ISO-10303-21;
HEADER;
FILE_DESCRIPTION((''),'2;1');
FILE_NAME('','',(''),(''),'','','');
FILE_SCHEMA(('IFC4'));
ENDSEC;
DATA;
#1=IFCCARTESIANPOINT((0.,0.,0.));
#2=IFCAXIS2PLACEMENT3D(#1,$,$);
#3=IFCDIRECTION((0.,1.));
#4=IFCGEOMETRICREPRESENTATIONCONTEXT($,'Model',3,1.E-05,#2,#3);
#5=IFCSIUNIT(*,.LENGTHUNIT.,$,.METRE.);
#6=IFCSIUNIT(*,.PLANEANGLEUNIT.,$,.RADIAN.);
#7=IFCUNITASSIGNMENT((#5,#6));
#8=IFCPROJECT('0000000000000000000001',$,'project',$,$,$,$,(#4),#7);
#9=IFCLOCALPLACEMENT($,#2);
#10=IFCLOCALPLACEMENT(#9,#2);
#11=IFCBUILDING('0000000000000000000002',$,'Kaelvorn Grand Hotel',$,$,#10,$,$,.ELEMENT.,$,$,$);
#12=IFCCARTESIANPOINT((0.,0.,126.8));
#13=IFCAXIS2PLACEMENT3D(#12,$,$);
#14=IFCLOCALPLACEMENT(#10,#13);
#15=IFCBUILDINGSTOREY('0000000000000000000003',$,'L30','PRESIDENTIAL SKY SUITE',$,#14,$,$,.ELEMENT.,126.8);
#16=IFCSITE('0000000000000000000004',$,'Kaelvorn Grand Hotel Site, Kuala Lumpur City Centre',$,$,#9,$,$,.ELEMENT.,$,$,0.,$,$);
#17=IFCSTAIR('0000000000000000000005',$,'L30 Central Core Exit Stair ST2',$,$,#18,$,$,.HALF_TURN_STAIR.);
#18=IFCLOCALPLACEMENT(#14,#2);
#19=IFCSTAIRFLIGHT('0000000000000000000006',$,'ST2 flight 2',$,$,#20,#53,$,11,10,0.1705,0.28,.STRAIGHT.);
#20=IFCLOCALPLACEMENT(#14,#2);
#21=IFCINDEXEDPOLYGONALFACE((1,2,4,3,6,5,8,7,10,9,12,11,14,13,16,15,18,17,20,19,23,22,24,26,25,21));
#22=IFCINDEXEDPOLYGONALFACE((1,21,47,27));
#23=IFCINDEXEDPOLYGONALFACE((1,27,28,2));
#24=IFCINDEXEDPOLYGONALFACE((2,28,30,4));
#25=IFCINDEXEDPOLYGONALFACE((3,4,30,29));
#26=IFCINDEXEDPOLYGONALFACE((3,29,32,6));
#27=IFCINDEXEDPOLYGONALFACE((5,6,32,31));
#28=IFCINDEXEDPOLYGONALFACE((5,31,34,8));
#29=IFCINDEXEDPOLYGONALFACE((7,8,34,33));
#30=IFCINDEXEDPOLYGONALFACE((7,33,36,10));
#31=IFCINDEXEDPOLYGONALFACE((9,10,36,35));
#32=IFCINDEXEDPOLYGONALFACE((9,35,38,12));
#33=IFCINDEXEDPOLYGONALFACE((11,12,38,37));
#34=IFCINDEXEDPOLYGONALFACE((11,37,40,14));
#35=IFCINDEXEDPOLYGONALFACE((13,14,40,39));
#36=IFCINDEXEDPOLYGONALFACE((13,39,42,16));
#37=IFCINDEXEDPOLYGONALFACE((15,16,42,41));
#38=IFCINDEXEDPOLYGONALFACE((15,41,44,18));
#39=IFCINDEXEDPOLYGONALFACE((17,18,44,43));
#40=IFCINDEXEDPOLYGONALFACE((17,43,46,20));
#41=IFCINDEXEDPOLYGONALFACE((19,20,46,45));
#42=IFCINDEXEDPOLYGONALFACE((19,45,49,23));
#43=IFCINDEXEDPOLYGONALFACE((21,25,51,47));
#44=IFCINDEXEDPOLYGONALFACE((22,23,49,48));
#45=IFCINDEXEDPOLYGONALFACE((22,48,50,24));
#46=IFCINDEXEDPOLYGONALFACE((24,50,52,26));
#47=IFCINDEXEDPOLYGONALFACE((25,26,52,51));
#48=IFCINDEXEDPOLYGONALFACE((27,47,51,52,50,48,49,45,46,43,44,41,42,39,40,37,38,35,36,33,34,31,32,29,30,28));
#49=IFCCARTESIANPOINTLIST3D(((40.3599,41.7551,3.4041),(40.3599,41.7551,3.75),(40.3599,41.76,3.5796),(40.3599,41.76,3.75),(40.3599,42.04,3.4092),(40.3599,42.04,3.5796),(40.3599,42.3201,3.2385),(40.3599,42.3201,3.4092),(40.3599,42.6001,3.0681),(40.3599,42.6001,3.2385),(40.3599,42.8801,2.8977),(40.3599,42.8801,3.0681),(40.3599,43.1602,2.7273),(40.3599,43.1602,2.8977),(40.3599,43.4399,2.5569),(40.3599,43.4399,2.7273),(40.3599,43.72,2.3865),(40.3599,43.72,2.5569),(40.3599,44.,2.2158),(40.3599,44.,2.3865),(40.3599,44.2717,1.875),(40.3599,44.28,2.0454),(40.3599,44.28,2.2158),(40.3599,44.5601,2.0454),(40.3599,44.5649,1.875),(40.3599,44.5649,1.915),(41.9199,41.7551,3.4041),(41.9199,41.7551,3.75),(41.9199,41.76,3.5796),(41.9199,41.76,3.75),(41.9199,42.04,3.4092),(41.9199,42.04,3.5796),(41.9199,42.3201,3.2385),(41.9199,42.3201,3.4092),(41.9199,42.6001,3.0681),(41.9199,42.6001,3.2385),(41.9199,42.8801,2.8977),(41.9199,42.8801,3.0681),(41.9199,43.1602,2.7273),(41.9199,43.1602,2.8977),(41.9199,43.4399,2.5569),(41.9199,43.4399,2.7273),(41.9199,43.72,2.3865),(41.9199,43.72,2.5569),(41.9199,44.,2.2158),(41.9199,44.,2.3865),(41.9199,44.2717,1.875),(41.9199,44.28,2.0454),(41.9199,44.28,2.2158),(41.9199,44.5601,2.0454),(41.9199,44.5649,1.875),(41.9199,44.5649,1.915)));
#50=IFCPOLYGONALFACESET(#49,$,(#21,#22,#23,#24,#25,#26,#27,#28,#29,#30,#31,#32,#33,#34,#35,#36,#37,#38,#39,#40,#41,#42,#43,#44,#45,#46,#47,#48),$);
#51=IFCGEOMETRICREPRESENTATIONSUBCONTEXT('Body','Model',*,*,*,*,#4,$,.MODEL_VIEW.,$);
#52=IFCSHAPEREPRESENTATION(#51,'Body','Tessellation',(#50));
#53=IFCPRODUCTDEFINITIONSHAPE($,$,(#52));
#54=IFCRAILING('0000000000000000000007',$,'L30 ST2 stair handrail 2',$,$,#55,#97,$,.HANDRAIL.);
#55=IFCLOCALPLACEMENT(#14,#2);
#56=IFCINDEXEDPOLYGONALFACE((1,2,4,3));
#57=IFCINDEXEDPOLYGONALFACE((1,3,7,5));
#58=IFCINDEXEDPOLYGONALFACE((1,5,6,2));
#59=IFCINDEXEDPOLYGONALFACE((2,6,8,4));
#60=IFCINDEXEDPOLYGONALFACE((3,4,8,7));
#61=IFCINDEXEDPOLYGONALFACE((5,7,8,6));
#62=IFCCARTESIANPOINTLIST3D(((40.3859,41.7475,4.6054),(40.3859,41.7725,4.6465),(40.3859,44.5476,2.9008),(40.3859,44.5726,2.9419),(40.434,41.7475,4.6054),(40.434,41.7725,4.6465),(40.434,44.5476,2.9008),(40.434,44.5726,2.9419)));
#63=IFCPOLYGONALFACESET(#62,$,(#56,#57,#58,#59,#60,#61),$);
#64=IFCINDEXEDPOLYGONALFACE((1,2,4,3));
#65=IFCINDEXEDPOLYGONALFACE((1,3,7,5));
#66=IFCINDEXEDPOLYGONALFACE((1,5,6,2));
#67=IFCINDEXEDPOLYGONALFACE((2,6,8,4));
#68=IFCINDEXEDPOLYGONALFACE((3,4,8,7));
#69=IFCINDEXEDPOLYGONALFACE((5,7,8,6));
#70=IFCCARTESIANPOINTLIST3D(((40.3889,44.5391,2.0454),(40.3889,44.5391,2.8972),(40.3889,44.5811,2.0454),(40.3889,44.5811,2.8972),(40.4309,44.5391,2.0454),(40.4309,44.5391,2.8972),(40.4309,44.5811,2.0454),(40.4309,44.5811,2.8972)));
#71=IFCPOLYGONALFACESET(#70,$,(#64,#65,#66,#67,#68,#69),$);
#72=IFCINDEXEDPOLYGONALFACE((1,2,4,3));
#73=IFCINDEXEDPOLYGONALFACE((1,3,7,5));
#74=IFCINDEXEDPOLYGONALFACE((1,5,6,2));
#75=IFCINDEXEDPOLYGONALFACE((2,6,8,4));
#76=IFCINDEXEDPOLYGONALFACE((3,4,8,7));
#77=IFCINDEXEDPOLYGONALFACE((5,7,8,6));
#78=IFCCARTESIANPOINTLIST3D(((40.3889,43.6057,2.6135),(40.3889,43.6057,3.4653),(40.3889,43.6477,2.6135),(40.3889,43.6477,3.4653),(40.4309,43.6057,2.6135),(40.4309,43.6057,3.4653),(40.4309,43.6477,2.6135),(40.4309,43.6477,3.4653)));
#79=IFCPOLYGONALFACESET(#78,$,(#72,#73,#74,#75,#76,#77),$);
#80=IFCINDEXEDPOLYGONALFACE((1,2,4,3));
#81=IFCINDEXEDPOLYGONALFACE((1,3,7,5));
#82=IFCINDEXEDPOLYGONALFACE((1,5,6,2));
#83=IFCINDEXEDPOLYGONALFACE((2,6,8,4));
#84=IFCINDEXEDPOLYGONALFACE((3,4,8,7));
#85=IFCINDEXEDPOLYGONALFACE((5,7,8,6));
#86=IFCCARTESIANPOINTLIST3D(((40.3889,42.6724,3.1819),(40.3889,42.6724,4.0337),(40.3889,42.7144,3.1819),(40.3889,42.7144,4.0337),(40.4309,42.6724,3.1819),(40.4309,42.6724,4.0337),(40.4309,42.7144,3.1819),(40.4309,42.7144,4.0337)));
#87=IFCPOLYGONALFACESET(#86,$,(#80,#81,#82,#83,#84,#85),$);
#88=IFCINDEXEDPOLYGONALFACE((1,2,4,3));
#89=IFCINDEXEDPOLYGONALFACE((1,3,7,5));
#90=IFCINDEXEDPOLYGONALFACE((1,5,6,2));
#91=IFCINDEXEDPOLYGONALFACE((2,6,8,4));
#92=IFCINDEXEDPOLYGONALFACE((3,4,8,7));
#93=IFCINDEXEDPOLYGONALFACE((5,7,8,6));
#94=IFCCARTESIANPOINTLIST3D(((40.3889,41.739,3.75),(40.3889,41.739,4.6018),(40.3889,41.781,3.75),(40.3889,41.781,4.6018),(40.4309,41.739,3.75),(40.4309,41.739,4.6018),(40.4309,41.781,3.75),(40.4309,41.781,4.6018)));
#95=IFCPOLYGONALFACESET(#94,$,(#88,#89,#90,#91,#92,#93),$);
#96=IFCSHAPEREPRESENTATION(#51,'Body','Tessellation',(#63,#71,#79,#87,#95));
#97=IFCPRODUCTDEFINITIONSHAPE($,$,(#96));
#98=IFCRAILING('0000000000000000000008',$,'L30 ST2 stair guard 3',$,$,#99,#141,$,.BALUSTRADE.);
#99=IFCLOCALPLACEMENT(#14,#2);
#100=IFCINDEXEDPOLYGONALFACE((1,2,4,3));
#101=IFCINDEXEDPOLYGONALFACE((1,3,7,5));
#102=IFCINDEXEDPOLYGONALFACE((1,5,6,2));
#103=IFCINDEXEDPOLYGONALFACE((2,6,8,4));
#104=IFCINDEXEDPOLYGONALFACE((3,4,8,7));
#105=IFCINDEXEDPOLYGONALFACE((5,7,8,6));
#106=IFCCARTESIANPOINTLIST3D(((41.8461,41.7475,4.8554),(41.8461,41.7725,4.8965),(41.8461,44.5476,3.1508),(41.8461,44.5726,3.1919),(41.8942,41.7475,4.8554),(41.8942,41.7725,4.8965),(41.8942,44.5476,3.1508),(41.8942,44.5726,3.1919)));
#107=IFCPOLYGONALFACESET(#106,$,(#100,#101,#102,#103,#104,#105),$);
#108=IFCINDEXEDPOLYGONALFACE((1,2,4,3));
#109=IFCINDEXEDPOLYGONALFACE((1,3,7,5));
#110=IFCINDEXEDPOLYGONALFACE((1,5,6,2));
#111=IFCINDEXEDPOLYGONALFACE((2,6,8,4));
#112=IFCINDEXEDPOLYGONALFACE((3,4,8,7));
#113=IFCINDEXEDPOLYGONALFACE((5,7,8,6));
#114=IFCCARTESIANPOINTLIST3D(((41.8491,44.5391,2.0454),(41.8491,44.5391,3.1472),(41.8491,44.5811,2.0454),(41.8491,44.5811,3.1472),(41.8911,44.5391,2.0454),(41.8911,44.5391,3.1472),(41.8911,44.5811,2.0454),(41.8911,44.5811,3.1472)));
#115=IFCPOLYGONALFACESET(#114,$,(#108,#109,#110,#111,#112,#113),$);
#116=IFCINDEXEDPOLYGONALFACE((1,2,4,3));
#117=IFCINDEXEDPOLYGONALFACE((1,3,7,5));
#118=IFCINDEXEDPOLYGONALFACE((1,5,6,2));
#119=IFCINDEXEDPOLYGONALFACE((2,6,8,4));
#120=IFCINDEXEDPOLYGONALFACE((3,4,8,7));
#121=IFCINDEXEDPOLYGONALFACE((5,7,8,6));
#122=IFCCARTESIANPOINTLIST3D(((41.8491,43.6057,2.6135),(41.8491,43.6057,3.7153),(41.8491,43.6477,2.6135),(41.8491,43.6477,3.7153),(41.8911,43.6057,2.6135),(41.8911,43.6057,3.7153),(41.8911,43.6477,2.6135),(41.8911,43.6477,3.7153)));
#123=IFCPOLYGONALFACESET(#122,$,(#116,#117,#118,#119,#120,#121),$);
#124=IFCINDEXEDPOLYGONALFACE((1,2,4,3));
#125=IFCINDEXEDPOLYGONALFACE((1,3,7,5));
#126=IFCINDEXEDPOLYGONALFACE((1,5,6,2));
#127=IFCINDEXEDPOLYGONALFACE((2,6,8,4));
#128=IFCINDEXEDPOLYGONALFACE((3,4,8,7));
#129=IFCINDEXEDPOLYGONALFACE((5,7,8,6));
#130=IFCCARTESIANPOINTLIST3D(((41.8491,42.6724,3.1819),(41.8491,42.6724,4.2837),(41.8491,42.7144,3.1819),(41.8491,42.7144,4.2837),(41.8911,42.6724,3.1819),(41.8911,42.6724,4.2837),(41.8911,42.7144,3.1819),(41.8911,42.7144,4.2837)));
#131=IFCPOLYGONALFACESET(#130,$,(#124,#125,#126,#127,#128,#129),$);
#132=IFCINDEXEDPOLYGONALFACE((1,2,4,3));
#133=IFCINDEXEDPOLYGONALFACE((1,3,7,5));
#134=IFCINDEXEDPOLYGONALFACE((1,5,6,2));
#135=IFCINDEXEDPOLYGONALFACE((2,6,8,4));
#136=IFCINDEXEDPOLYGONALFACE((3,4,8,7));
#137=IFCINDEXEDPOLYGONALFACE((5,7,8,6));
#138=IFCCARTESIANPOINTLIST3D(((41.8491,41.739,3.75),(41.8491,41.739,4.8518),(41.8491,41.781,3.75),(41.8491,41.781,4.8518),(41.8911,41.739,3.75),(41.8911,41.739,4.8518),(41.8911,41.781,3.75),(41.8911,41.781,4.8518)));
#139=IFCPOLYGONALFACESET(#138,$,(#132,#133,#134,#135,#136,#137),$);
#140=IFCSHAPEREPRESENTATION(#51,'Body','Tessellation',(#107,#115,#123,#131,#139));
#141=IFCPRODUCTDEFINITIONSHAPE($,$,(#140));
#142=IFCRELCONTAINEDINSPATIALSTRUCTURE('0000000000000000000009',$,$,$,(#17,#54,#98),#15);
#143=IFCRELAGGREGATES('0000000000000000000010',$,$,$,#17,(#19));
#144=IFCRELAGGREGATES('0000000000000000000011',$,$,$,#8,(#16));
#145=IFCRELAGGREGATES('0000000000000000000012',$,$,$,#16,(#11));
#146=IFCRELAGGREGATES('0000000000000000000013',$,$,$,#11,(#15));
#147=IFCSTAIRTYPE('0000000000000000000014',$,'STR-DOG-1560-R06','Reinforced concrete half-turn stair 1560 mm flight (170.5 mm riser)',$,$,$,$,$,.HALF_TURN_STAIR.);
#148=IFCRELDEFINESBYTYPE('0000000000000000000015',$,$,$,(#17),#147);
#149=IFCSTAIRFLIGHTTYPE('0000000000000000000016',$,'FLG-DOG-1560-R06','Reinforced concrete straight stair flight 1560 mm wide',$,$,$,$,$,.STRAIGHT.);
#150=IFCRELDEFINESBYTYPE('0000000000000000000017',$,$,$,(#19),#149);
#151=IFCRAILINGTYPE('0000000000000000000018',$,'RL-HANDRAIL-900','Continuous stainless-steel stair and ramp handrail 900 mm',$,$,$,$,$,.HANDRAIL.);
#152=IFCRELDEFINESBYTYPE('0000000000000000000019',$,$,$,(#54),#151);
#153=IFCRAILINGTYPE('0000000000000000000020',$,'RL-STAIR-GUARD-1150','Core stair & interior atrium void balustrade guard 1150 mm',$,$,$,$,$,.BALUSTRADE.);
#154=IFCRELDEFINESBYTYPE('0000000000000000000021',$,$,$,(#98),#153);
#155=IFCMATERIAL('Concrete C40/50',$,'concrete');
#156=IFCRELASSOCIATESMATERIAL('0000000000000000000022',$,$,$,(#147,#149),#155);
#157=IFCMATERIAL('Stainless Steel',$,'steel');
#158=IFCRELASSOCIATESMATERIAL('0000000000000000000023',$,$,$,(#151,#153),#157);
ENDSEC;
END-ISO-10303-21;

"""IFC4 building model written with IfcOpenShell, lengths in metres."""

from ifc_helpers import new_model, si_unit, direction, frame, origin, origin_2d, place, context, subcontext, project, spatial, polyline, rectangle, outline, extrude, material, type_object, element, aggregate, save


model = new_model("IFC4")

# Units and contexts
model_context = context("Model", 3, precision=1e-05, world=origin(), true_north=direction((0.0, 1.0)))
body_context = subcontext(model_context, "Body", "Model", "MODEL_VIEW")
ifc_project = project(units=[si_unit("LENGTHUNIT", "METRE"), si_unit("PLANEANGLEUNIT", "RADIAN")], contexts=[model_context])

# Site, building, storey
site_placement = place(None, origin())
site = spatial("IfcSite", under=ifc_project, at=site_placement, Name="Kaelvorn Grand Hotel Site, Kuala Lumpur City Centre", CompositionType="ELEMENT", RefElevation=0.0)
building_placement = place(site_placement, origin())
building = spatial("IfcBuilding", under=site, at=building_placement, Name="Kaelvorn Grand Hotel", CompositionType="ELEMENT")
storey_placement = place(building_placement, frame((0.0, 0.0, 126.8)))
storey = spatial("IfcBuildingStorey", under=building, at=storey_placement, Name="L30", Description="PRESIDENTIAL SKY SUITE", CompositionType="ELEMENT", Elevation=126.8)

# Shared definitions
ifc_material_1 = material(Name="Concrete C40/50", Category="concrete")

# Stair, stair flight
stair_type = type_object("IfcStairType", Name="STR-DOG-1560-R06", Description="Reinforced concrete half-turn stair 1560 mm flight (170.5 mm riser)", PredefinedType="HALF_TURN_STAIR", material=ifc_material_1)
stair_placement = place(storey_placement, origin())
stair = element("IfcStair", 1, at=stair_placement, inside=storey, type_object=stair_type, Name="L30 Central Core Exit Stair ST2", PredefinedType="HALF_TURN_STAIR")
stair_flight_type = type_object("IfcStairFlightType", Name="FLG-DOG-1560-R06", Description="Reinforced concrete straight stair flight 1560 mm wide", PredefinedType="STRAIGHT", material=ifc_material_1)
stair_flight_placement = place(storey_placement, frame((41.1399, 44.5601, 1.875), z_axis=(0.0, 0.0, 1.0), x_axis=(0.0, -1.0, 0.0)))
stair_flight = element("IfcStairFlight", 2, at=stair_flight_placement, type_object=stair_flight_type, Name="ST2 flight 2", NumberOfRisers=11, NumberOfTreads=10, PredefinedType="STRAIGHT", RiserHeight=0.1705, TreadLength=0.28, context=body_context, shape_type="SweptSolid", body=[
    extrude(outline(polyline([(-0.0049, 0.0), (-0.0049, 0.04), (0.0, 0.1704), (0.28, 0.1704), (0.28, 0.3408), (0.5601, 0.3408), (0.5601, 0.5115), (0.8401, 0.5115), (0.8401, 0.6819), (1.1201, 0.6819), (1.1201, 0.8523), (1.3999, 0.8523), (1.3999, 1.0227), (1.6799, 1.0227), (1.6799, 1.1931), (1.96, 1.1931), (1.96, 1.3635), (2.24, 1.3635), (2.24, 1.5342), (2.52, 1.5342), (2.52, 1.7046), (2.8, 1.7046), (2.8, 1.875), (2.8049, 1.875), (2.8049, 1.5291), (0.2883, 0.0), (-0.0049, 0.0)])), frame((0.0, 0.78, 0.0), z_axis=(0.0, -1.0, 0.0), x_axis=(1.0, 0.0, 0.0)), (0.0, 0.0, 1.0), 1.5601),
])
aggregate(stair, [stair_flight])

# Railings
ifc_material_2 = material(Name="Stainless Steel", Category="steel")
railing_type_1 = type_object("IfcRailingType", Name="RL-HANDRAIL-900", Description="Continuous stainless-steel stair and ramp handrail 900 mm", PredefinedType="HANDRAIL", material=ifc_material_2)
railing_1_placement = place(storey_placement, frame((40.4099, 44.5601, 2.0454)))
element("IfcRailing", 3, at=railing_1_placement, inside=storey, type_object=railing_type_1, Name="L30 ST2 stair handrail 2", PredefinedType="HANDRAIL", context=body_context, shape_type="SweptSolid", body=[
    extrude(rectangle(XDim=0.0481, YDim=0.0481, at=origin_2d()), frame((0.0, 0.0, 0.876), z_axis=(0.0, -0.85417, 0.519994), x_axis=(1.0, 0.0, 0.0)), (0.0, 0.0, 1.0), 3.2781),
    extrude(rectangle(XDim=0.042, YDim=0.042, at=origin_2d()), origin(), (0.0, 0.0, 1.0), 0.8518),
    extrude(rectangle(XDim=0.042, YDim=0.042, at=origin_2d()), frame((0.0, -0.9333, 0.5681)), (0.0, 0.0, 1.0), 0.8518),
    extrude(rectangle(XDim=0.042, YDim=0.042, at=origin_2d()), frame((0.0, -1.8667, 1.1365)), (0.0, 0.0, 1.0), 0.8518),
    extrude(rectangle(XDim=0.042, YDim=0.042, at=origin_2d()), frame((0.0, -2.8, 1.7046)), (0.0, 0.0, 1.0), 0.8518),
])
railing_type_2 = type_object("IfcRailingType", Name="RL-STAIR-GUARD-1150", Description="Core stair & interior atrium void balustrade guard 1150 mm", PredefinedType="BALUSTRADE", material=ifc_material_2)
railing_2_placement = place(storey_placement, frame((41.8701, 44.5601, 2.0454)))
element("IfcRailing", 4, at=railing_2_placement, inside=storey, type_object=railing_type_2, Name="L30 ST2 stair guard 3", PredefinedType="BALUSTRADE", context=body_context, shape_type="SweptSolid", body=[
    extrude(rectangle(XDim=0.0481, YDim=0.0481, at=origin_2d()), frame((0.0, 0.0, 1.126), z_axis=(0.0, -0.85417, 0.519994), x_axis=(1.0, 0.0, 0.0)), (0.0, 0.0, 1.0), 3.2781),
    extrude(rectangle(XDim=0.042, YDim=0.042, at=origin_2d()), origin(), (0.0, 0.0, 1.0), 1.1018),
    extrude(rectangle(XDim=0.042, YDim=0.042, at=origin_2d()), frame((0.0, -0.9333, 0.5681)), (0.0, 0.0, 1.0), 1.1018),
    extrude(rectangle(XDim=0.042, YDim=0.042, at=origin_2d()), frame((0.0, -1.8667, 1.1365)), (0.0, 0.0, 1.0), 1.1018),
    extrude(rectangle(XDim=0.042, YDim=0.042, at=origin_2d()), frame((0.0, -2.8, 1.7046)), (0.0, 0.0, 1.0), 1.1018),
])

save(model, "model.ifc")
